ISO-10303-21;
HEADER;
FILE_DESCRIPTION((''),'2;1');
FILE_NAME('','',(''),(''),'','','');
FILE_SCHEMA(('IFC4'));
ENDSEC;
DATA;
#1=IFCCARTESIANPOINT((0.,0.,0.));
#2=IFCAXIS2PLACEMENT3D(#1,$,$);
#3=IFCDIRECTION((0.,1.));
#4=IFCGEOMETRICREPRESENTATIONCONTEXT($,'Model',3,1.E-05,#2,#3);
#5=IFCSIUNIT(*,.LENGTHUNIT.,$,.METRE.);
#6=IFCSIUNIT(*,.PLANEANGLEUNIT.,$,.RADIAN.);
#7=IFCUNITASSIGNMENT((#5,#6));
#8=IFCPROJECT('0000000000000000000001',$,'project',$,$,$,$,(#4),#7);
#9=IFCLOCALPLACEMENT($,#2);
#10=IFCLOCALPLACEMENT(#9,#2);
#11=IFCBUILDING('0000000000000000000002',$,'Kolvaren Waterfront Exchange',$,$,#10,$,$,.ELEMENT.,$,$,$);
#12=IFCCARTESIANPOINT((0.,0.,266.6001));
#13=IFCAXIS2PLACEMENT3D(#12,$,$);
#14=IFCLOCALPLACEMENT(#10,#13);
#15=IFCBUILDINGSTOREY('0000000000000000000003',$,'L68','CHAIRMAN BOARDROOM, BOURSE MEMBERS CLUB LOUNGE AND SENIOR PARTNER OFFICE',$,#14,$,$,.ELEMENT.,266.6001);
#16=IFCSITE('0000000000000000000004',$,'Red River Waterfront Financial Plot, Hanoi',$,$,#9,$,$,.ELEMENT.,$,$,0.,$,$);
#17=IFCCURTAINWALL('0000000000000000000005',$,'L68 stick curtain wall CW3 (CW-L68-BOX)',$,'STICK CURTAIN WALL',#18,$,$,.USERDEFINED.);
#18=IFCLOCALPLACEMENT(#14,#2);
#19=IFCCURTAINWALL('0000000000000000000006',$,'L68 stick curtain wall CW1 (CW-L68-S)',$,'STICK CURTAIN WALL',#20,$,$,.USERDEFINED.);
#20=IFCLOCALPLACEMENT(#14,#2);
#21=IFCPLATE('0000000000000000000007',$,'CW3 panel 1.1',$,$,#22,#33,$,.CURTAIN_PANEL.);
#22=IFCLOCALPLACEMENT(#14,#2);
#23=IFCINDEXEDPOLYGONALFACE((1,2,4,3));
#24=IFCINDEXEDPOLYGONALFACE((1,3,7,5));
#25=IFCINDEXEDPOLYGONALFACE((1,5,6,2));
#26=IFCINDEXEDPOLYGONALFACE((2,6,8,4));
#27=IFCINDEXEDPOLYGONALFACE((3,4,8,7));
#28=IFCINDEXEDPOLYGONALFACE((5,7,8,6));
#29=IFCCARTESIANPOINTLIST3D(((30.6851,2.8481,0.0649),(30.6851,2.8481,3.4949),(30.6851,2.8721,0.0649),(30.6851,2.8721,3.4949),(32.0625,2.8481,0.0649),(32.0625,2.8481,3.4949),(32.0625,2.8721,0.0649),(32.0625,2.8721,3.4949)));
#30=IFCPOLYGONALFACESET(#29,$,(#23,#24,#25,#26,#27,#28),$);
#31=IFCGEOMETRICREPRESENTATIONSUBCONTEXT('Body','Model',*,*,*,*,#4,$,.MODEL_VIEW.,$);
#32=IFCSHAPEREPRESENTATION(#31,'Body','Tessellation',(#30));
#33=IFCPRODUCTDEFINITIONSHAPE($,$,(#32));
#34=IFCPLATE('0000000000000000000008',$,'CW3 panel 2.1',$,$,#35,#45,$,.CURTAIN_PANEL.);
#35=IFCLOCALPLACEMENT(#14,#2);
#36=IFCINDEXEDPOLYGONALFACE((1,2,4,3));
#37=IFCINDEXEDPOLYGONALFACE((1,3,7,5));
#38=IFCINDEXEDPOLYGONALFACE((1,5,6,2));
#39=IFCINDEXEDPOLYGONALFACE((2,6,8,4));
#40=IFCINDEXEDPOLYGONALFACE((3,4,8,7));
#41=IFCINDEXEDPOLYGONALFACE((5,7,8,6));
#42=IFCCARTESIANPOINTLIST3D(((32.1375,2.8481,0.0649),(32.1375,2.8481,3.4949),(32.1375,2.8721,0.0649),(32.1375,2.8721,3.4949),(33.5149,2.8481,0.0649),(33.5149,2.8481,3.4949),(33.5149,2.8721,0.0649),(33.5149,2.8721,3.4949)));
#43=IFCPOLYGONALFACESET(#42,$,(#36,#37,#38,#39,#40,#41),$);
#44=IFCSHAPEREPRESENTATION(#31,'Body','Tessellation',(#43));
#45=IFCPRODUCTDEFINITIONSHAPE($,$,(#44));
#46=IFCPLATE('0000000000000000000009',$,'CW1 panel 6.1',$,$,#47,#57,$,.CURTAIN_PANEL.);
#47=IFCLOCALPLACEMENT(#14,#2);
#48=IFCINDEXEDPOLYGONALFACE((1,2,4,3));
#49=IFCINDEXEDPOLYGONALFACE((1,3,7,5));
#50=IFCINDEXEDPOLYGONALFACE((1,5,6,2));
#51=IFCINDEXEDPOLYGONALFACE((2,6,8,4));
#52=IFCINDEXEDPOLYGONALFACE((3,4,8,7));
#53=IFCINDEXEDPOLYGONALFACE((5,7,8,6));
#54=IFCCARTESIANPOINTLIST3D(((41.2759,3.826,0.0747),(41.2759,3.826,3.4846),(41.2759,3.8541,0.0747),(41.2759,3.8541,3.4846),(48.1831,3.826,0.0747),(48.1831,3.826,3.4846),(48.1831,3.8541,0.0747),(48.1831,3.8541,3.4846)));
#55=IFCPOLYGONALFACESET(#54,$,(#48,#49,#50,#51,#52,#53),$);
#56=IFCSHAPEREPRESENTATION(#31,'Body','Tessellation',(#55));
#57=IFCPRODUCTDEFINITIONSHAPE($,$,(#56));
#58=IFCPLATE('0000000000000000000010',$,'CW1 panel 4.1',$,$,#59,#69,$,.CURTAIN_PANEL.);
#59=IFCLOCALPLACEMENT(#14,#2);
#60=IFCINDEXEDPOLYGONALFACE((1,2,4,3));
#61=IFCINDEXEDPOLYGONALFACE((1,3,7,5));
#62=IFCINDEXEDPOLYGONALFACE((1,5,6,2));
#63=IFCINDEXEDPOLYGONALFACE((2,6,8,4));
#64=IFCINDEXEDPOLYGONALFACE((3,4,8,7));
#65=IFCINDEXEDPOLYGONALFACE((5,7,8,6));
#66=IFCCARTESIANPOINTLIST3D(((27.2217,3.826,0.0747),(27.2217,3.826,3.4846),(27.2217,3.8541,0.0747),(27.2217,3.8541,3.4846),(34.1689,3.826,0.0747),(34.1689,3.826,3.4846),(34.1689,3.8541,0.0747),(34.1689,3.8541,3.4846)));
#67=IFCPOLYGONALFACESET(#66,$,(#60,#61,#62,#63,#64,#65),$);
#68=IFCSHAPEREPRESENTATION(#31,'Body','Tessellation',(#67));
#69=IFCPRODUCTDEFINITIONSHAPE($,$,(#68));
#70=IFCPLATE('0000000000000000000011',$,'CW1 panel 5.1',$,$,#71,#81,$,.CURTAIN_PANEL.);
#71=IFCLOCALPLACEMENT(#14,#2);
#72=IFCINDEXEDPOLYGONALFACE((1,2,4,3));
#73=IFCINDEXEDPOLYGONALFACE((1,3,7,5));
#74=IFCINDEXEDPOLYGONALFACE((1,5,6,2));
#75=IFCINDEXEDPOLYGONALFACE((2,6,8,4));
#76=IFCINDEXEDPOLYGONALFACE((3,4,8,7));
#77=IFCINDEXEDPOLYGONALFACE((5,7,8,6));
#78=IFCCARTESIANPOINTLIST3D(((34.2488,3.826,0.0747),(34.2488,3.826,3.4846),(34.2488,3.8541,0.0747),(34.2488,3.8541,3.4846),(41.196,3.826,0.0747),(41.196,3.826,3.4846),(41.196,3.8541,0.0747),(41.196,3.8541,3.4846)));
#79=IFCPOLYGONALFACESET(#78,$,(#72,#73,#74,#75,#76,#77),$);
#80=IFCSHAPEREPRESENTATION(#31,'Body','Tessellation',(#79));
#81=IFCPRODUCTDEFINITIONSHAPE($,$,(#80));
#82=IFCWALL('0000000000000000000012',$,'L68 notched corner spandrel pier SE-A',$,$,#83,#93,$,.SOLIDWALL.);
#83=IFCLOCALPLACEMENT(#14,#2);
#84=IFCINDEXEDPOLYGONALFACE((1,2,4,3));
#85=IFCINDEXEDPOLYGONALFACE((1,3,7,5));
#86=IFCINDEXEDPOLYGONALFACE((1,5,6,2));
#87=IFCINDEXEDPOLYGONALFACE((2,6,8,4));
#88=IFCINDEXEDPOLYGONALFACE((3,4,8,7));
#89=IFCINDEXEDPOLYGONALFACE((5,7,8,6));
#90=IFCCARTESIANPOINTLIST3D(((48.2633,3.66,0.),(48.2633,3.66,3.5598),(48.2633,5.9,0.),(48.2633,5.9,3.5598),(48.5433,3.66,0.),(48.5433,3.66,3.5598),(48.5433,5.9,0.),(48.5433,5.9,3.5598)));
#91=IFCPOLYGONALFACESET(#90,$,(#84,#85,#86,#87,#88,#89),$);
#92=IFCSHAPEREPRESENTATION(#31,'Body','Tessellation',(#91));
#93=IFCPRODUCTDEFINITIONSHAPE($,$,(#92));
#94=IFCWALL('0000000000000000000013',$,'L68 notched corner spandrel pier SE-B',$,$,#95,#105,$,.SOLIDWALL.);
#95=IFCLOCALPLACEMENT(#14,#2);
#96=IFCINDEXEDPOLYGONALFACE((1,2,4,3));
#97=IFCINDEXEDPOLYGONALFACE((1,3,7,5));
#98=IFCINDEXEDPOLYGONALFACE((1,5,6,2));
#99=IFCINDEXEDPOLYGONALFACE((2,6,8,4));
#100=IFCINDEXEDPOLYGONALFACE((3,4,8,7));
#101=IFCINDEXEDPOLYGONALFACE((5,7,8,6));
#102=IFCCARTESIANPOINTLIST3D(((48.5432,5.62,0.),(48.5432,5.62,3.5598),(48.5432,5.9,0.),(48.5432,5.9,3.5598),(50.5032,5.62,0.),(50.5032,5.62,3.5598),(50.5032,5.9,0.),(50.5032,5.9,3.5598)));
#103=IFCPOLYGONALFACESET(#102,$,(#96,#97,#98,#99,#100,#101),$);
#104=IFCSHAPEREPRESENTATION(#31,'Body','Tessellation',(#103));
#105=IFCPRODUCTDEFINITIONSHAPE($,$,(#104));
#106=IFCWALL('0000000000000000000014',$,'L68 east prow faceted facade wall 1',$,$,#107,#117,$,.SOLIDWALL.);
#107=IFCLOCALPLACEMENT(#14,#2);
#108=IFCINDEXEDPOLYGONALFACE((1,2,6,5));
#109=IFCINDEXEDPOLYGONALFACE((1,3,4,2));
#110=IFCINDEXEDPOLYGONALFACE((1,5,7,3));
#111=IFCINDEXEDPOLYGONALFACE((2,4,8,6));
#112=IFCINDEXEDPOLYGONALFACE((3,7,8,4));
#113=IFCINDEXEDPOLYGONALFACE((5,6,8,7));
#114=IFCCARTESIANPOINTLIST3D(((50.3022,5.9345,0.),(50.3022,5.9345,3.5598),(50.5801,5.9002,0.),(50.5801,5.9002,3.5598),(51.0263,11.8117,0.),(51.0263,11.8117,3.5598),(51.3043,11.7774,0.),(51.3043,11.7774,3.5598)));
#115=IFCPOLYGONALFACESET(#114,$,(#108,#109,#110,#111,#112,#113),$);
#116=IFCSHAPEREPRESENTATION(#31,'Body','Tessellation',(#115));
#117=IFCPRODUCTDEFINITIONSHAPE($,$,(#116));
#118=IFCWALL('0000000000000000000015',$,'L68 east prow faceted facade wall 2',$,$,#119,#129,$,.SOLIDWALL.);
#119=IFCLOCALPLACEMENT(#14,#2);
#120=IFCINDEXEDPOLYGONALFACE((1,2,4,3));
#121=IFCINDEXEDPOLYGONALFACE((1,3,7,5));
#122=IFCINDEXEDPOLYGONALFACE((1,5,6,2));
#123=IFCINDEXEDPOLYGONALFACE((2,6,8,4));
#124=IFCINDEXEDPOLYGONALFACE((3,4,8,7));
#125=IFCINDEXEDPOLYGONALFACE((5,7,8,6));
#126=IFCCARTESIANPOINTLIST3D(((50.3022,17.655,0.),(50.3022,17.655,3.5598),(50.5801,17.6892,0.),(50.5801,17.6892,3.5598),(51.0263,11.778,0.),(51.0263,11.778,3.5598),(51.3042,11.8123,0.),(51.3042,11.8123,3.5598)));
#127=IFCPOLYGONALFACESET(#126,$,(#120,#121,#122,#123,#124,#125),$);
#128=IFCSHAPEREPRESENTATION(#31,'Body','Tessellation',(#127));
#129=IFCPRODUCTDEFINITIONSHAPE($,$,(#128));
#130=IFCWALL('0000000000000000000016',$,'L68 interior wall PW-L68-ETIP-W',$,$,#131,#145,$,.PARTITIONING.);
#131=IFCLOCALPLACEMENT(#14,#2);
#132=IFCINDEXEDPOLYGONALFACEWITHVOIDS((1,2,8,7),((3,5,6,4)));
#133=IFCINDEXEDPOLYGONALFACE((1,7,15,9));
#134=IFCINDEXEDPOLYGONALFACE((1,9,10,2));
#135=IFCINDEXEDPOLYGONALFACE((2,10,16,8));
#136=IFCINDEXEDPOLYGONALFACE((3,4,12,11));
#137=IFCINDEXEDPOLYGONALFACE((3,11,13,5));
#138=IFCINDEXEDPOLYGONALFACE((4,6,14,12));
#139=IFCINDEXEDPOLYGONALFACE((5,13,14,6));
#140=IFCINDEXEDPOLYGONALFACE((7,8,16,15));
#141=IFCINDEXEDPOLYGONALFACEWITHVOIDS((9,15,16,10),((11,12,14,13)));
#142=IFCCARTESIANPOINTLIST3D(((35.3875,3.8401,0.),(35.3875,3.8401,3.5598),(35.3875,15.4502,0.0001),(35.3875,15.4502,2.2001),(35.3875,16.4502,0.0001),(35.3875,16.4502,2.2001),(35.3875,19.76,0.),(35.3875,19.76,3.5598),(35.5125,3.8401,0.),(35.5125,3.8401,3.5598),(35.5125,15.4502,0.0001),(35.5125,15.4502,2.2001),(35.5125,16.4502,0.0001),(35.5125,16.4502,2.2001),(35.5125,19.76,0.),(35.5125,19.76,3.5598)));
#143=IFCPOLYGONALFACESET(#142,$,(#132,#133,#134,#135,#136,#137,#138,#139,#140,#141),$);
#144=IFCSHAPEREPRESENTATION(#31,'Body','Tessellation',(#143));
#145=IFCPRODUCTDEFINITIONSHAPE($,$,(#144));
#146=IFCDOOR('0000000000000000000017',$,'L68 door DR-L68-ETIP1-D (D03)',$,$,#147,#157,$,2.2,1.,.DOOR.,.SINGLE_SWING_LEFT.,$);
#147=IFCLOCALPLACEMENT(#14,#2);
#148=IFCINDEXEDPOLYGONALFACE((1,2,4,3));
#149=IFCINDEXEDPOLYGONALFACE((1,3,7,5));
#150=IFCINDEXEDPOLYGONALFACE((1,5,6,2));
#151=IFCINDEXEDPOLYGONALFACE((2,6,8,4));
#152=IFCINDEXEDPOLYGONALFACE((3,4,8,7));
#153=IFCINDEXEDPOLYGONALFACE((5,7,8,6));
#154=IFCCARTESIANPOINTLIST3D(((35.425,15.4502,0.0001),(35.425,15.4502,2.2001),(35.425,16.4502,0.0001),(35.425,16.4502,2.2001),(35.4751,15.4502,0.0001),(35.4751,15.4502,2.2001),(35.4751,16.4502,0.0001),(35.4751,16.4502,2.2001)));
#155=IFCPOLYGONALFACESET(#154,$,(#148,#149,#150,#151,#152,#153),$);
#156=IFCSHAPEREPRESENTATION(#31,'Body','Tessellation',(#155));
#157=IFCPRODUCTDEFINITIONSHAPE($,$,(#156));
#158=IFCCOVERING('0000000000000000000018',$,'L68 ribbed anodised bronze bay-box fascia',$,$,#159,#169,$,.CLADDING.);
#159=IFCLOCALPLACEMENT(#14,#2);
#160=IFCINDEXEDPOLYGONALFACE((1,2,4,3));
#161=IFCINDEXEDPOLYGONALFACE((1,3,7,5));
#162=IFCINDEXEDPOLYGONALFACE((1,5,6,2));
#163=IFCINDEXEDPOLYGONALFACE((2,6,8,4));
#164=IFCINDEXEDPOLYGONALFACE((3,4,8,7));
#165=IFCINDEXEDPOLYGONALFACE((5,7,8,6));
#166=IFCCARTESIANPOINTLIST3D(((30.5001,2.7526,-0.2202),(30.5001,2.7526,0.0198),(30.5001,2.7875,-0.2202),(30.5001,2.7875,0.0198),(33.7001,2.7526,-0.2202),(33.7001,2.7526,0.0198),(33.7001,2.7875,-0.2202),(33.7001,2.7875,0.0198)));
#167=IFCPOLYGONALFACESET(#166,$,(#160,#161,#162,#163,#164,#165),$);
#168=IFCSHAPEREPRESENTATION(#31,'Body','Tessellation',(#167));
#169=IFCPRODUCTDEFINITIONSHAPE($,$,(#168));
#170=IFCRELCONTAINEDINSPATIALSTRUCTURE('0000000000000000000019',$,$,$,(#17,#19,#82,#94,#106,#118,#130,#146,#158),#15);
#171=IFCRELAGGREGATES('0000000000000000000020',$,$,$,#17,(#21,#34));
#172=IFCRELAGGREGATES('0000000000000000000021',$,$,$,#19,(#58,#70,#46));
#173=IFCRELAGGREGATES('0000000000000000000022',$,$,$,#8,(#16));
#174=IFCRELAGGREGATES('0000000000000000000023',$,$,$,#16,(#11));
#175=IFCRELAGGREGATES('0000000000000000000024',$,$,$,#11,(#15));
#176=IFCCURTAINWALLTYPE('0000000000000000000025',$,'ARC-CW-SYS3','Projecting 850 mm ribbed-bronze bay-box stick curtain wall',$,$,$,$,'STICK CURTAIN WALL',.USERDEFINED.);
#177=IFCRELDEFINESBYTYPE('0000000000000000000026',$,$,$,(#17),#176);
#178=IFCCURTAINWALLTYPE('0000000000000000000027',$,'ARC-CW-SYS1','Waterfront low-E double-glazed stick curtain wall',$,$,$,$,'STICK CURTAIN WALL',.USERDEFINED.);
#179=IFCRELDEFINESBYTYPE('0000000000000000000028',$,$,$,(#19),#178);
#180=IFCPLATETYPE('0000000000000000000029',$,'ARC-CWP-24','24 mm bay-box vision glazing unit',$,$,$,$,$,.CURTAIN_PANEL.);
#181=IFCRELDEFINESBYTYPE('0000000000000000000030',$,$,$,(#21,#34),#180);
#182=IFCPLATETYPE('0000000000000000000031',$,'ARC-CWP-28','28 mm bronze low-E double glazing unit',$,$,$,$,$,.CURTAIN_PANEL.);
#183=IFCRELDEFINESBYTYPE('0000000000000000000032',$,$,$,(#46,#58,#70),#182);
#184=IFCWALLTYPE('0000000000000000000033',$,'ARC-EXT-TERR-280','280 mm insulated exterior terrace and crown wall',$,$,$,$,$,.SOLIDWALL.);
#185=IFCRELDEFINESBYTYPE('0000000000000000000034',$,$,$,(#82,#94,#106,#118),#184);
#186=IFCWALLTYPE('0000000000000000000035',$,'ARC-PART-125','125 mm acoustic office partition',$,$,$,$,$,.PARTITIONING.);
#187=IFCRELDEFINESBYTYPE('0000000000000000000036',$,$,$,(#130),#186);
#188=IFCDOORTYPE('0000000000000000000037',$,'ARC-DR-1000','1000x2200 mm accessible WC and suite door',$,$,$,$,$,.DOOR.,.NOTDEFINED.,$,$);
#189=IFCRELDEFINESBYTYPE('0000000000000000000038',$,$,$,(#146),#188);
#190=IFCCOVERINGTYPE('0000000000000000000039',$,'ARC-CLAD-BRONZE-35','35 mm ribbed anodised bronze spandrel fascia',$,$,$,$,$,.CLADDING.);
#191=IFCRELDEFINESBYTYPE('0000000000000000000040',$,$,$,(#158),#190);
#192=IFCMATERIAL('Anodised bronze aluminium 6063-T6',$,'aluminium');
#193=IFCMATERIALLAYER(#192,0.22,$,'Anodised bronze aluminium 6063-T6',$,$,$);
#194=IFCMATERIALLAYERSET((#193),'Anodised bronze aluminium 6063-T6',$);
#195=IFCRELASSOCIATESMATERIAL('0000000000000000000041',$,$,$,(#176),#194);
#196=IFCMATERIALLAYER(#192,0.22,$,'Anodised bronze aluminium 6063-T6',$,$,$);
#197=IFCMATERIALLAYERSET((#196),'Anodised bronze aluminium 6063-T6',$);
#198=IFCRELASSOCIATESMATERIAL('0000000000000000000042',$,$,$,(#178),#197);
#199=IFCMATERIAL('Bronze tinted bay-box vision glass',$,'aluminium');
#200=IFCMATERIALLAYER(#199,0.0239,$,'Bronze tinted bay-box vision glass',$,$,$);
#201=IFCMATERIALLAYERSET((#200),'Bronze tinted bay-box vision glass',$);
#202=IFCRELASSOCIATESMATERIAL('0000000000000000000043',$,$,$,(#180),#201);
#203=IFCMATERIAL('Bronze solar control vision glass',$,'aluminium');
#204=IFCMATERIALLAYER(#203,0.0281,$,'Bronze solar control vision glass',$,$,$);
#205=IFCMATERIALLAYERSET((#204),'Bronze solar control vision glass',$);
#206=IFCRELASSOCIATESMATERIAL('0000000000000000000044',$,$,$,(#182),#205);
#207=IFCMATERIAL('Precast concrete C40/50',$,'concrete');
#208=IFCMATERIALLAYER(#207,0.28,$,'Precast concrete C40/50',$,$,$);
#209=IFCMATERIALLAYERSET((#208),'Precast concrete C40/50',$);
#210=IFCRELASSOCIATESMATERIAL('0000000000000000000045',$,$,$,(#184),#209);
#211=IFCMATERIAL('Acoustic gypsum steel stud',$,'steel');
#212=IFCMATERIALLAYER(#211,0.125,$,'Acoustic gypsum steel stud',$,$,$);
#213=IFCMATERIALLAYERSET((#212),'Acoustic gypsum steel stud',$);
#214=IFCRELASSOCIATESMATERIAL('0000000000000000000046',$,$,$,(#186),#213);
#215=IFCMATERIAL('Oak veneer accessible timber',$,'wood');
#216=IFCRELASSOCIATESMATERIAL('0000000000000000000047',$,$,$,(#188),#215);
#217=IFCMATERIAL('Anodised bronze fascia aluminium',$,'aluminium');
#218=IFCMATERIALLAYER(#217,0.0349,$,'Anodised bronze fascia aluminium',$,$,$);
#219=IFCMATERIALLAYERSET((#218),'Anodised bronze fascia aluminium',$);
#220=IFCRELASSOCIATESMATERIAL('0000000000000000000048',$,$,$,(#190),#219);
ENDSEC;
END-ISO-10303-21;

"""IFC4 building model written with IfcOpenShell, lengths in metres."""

from ifc_helpers import new_model, si_unit, direction, frame, frame_2d, origin, origin_with_axes, origin_2d, place, context, subcontext, project, spatial, rectangle, extrude, source, transform, mapped, material, layer, layer_set, type_object, element, fill, aggregate, save


model = new_model("IFC4")

# Units and contexts
model_context = context("Model", 3, precision=1e-05, world=origin(), true_north=direction((0.0, 1.0)))
body_context = subcontext(model_context, "Body", "Model", "MODEL_VIEW")
ifc_project = project(units=[si_unit("LENGTHUNIT", "METRE"), si_unit("PLANEANGLEUNIT", "RADIAN")], contexts=[model_context])

# Site, building, storey
site_placement = place(None, origin())
site = spatial("IfcSite", under=ifc_project, at=site_placement, Name="Red River Waterfront Financial Plot, Hanoi", CompositionType="ELEMENT", RefElevation=0.0)
building_placement = place(site_placement, origin())
building = spatial("IfcBuilding", under=site, at=building_placement, Name="Kolvaren Waterfront Exchange", CompositionType="ELEMENT")
storey_placement = place(building_placement, frame((0.0, 0.0, 266.6001)))
storey = spatial("IfcBuildingStorey", under=building, at=storey_placement, Name="L68", Description="CHAIRMAN BOARDROOM, BOURSE MEMBERS CLUB LOUNGE AND SENIOR PARTNER OFFICE", CompositionType="ELEMENT", Elevation=266.6001)

# Curtain wall
ifc_material_1 = material(Name="Anodised bronze aluminium 6063-T6", Category="aluminium")
ifc_layer_1 = layer(ifc_material_1, 0.22, Name="Anodised bronze aluminium 6063-T6")
ifc_layer_set_1 = layer_set([ifc_layer_1], Name="Anodised bronze aluminium 6063-T6")
curtain_wall_type_1 = type_object("IfcCurtainWallType", Name="ARC-CW-SYS3", Description="Projecting 850 mm ribbed-bronze bay-box stick curtain wall", ElementType="STICK CURTAIN WALL", PredefinedType="USERDEFINED", material=ifc_layer_set_1)
curtain_wall_1_placement = place(storey_placement, origin())
curtain_wall_1 = element("IfcCurtainWall", 1, at=curtain_wall_1_placement, inside=storey, type_object=curtain_wall_type_1, Name="L68 stick curtain wall CW3 (CW-L68-BOX)", ObjectType="STICK CURTAIN WALL", PredefinedType="USERDEFINED")

# Curtain wall
ifc_layer_2 = layer(ifc_material_1, 0.22, Name="Anodised bronze aluminium 6063-T6")
ifc_layer_set_2 = layer_set([ifc_layer_2], Name="Anodised bronze aluminium 6063-T6")
curtain_wall_type_2 = type_object("IfcCurtainWallType", Name="ARC-CW-SYS1", Description="Waterfront low-E double-glazed stick curtain wall", ElementType="STICK CURTAIN WALL", PredefinedType="USERDEFINED", material=ifc_layer_set_2)
curtain_wall_2_placement = place(storey_placement, origin())
curtain_wall_2 = element("IfcCurtainWall", 2, at=curtain_wall_2_placement, inside=storey, type_object=curtain_wall_type_2, Name="L68 stick curtain wall CW1 (CW-L68-S)", ObjectType="STICK CURTAIN WALL", PredefinedType="USERDEFINED")

# Plates
ifc_material_2 = material(Name="Bronze tinted bay-box vision glass", Category="aluminium")
ifc_layer_3 = layer(ifc_material_2, 0.0239, Name="Bronze tinted bay-box vision glass")
ifc_layer_set_3 = layer_set([ifc_layer_3], Name="Bronze tinted bay-box vision glass")
plate_type_1 = type_object("IfcPlateType", Name="ARC-CWP-24", Description="24 mm bay-box vision glazing unit", PredefinedType="CURTAIN_PANEL", material=ifc_layer_set_3)
shared_shape_1 = source(origin_with_axes(), body_context, "Body", "SweptSolid", [
    extrude(rectangle(XDim=1.3774, YDim=0.0239, at=origin_2d()), origin(), (0.0, 0.0, 1.0), 3.4299),
])
plate_1_placement = place(storey_placement, frame((31.3738, 2.8601, 0.0649), z_axis=(0.0, 0.0, 1.0), x_axis=(1.0, 0.0, 0.0)))
plate_1 = element("IfcPlate", 3, at=plate_1_placement, type_object=plate_type_1, Name="CW3 panel 1.1", PredefinedType="CURTAIN_PANEL", context=body_context, shape_type="MappedRepresentation", body=[
    mapped(shared_shape_1, transform((0.0, 0.0, 0.0), x_axis=(1.0, 0.0, 0.0), y_axis=(0.0, 1.0, 0.0), z_axis=(0.0, 0.0, 1.0), scale=1.0)),
])
plate_2_placement = place(storey_placement, frame((32.8262, 2.8601, 0.0649), z_axis=(0.0, 0.0, 1.0), x_axis=(1.0, 0.0, 0.0)))
plate_2 = element("IfcPlate", 4, at=plate_2_placement, type_object=plate_type_1, Name="CW3 panel 2.1", PredefinedType="CURTAIN_PANEL", context=body_context, shape_type="MappedRepresentation", body=[
    mapped(shared_shape_1, transform((0.0, 0.0, 0.0), x_axis=(1.0, 0.0, 0.0), y_axis=(0.0, 1.0, 0.0), z_axis=(0.0, 0.0, 1.0), scale=1.0)),
])
aggregate(curtain_wall_1, [plate_1, plate_2])
ifc_material_3 = material(Name="Bronze solar control vision glass", Category="aluminium")
ifc_layer_4 = layer(ifc_material_3, 0.0281, Name="Bronze solar control vision glass")
ifc_layer_set_4 = layer_set([ifc_layer_4], Name="Bronze solar control vision glass")
plate_type_2 = type_object("IfcPlateType", Name="ARC-CWP-28", Description="28 mm bronze low-E double glazing unit", PredefinedType="CURTAIN_PANEL", material=ifc_layer_set_4)
shared_shape_2 = source(origin_with_axes(), body_context, "Body", "SweptSolid", [
    extrude(rectangle(XDim=6.9072, YDim=0.0281, at=origin_2d()), origin(), (0.0, 0.0, 1.0), 3.4099),
])
plate_3_placement = place(storey_placement, frame((44.7295, 3.8401, 0.0747), z_axis=(0.0, 0.0, 1.0), x_axis=(1.0, 0.0, 0.0)))
plate_3 = element("IfcPlate", 5, at=plate_3_placement, type_object=plate_type_2, Name="CW1 panel 6.1", PredefinedType="CURTAIN_PANEL", context=body_context, shape_type="MappedRepresentation", body=[
    mapped(shared_shape_2, transform((0.0, 0.0, 0.0), x_axis=(1.0, 0.0, 0.0), y_axis=(0.0, 1.0, 0.0), z_axis=(0.0, 0.0, 1.0), scale=1.0)),
])
shared_shape_3 = source(origin_with_axes(), body_context, "Body", "SweptSolid", [
    extrude(rectangle(XDim=6.9473, YDim=0.0281, at=origin_2d()), origin(), (0.0, 0.0, 1.0), 3.4099),
])
plate_4_placement = place(storey_placement, frame((30.6953, 3.8401, 0.0747), z_axis=(0.0, 0.0, 1.0), x_axis=(1.0, 0.0, 0.0)))
plate_4 = element("IfcPlate", 6, at=plate_4_placement, type_object=plate_type_2, Name="CW1 panel 4.1", PredefinedType="CURTAIN_PANEL", context=body_context, shape_type="MappedRepresentation", body=[
    mapped(shared_shape_3, transform((0.0, 0.0, 0.0), x_axis=(1.0, 0.0, 0.0), y_axis=(0.0, 1.0, 0.0), z_axis=(0.0, 0.0, 1.0), scale=1.0)),
])
plate_5_placement = place(storey_placement, frame((37.7224, 3.8401, 0.0747), z_axis=(0.0, 0.0, 1.0), x_axis=(1.0, 0.0, 0.0)))
plate_5 = element("IfcPlate", 7, at=plate_5_placement, type_object=plate_type_2, Name="CW1 panel 5.1", PredefinedType="CURTAIN_PANEL", context=body_context, shape_type="MappedRepresentation", body=[
    mapped(shared_shape_3, transform((0.0, 0.0, 0.0), x_axis=(1.0, 0.0, 0.0), y_axis=(0.0, 1.0, 0.0), z_axis=(0.0, 0.0, 1.0), scale=1.0)),
])
aggregate(curtain_wall_2, [plate_4, plate_5, plate_3])

# Walls
ifc_material_4 = material(Name="Precast concrete C40/50", Category="concrete")
ifc_layer_5 = layer(ifc_material_4, 0.28, Name="Precast concrete C40/50")
ifc_layer_set_5 = layer_set([ifc_layer_5], Name="Precast concrete C40/50")
wall_type_1 = type_object("IfcWallType", Name="ARC-EXT-TERR-280", Description="280 mm insulated exterior terrace and crown wall", PredefinedType="SOLIDWALL", material=ifc_layer_set_5)
wall_1_placement = place(storey_placement, frame((48.4033, 3.6599, 0.0), z_axis=(0.0, 0.0, 1.0), x_axis=(0.0, 1.0, 0.0)))
element("IfcWall", 8, at=wall_1_placement, inside=storey, type_object=wall_type_1, Name="L68 notched corner spandrel pier SE-A", PredefinedType="SOLIDWALL", context=body_context, shape_type="SweptSolid", body=[
    extrude(rectangle(XDim=2.24, YDim=0.28, at=frame_2d((1.1201, 0.0))), origin(), (0.0, 0.0, 1.0), 3.5598),
])
wall_2_placement = place(storey_placement, frame((48.5432, 5.76, 0.0), z_axis=(0.0, 0.0, 1.0), x_axis=(1.0, 0.0, 0.0)))
element("IfcWall", 9, at=wall_2_placement, inside=storey, type_object=wall_type_1, Name="L68 notched corner spandrel pier SE-B", PredefinedType="SOLIDWALL", context=body_context, shape_type="SweptSolid", body=[
    extrude(rectangle(XDim=1.96, YDim=0.28, at=frame_2d((0.98, 0.0))), origin(), (0.0, 0.0, 1.0), 3.5598),
])
wall_3_placement = place(storey_placement, frame((50.4412, 5.9172, 0.0), z_axis=(0.0, 0.0, 1.0), x_axis=(0.122284, 0.992495, 0.0)))
element("IfcWall", 10, at=wall_3_placement, inside=storey, type_object=wall_type_1, Name="L68 east prow faceted facade wall 1", PredefinedType="SOLIDWALL", context=body_context, shape_type="SweptSolid", body=[
    extrude(rectangle(XDim=5.9216, YDim=0.28, at=frame_2d((2.9609, 0.0))), origin(), (0.0, 0.0, 1.0), 3.5598),
])
wall_4_placement = place(storey_placement, frame((51.1653, 11.7952, 0.0), z_axis=(0.0, 0.0, 1.0), x_axis=(-0.122289, 0.992495, 0.0)))
element("IfcWall", 11, at=wall_4_placement, inside=storey, type_object=wall_type_1, Name="L68 east prow faceted facade wall 2", PredefinedType="SOLIDWALL", context=body_context, shape_type="SweptSolid", body=[
    extrude(rectangle(XDim=5.9214, YDim=0.28, at=frame_2d((2.9607, 0.0))), origin(), (0.0, 0.0, 1.0), 3.5598),
])

# Wall, opening, door
ifc_material_5 = material(Name="Acoustic gypsum steel stud", Category="steel")
ifc_layer_6 = layer(ifc_material_5, 0.125, Name="Acoustic gypsum steel stud")
ifc_layer_set_6 = layer_set([ifc_layer_6], Name="Acoustic gypsum steel stud")
wall_type_2 = type_object("IfcWallType", Name="ARC-PART-125", Description="125 mm acoustic office partition", PredefinedType="PARTITIONING", material=ifc_layer_set_6)
wall_5_placement = place(storey_placement, frame((35.45, 3.8401, 0.0), z_axis=(0.0, 0.0, 1.0), x_axis=(0.0, 1.0, 0.0)))
wall_5 = element("IfcWall", 12, at=wall_5_placement, inside=storey, type_object=wall_type_2, Name="L68 interior wall PW-L68-ETIP-W", PredefinedType="PARTITIONING", context=body_context, shape_type="SweptSolid", body=[
    extrude(rectangle(XDim=15.9199, YDim=0.125, at=frame_2d((7.96, 0.0))), origin(), (0.0, 0.0, 1.0), 3.5598),
])
opening_placement = place(wall_5_placement, frame((11.6101, 0.0, 0.0)))
opening = element("IfcOpeningElement", 13, at=opening_placement, cuts=wall_5, PredefinedType="OPENING", context=body_context, shape_type="SweptSolid", body=[
    extrude(rectangle(XDim=1.0, YDim=2.2, at=frame_2d((0.5, 1.1001))), frame((0.0, 0.0725, 0.0), z_axis=(0.0, -1.0, 0.0), x_axis=(1.0, 0.0, 0.0)), (0.0, 0.0, 1.0), 0.145),
])
ifc_material_6 = material(Name="Oak veneer accessible timber", Category="wood")
door_type = type_object("IfcDoorType", Name="ARC-DR-1000", Description="1000x2200 mm accessible WC and suite door", OperationType="NOTDEFINED", PredefinedType="DOOR", material=ifc_material_6)
door_placement = place(opening_placement, origin())
door = element("IfcDoor", 14, at=door_placement, inside=storey, type_object=door_type, Name="L68 door DR-L68-ETIP1-D (D03)", OperationType="SINGLE_SWING_LEFT", OverallHeight=2.2, OverallWidth=1.0, PredefinedType="DOOR", context=body_context, shape_type="SweptSolid", body=[
    extrude(rectangle(XDim=1.0, YDim=2.2, at=frame_2d((0.5, 1.1001))), frame((0.0, 0.0249, 0.0), z_axis=(0.0, -1.0, 0.0), x_axis=(1.0, 0.0, 0.0)), (0.0, 0.0, 1.0), 0.05),
])
fill(opening, door)

# Covering
ifc_material_7 = material(Name="Anodised bronze fascia aluminium", Category="aluminium")
ifc_layer_7 = layer(ifc_material_7, 0.0349, Name="Anodised bronze fascia aluminium")
ifc_layer_set_7 = layer_set([ifc_layer_7], Name="Anodised bronze fascia aluminium")
covering_type = type_object("IfcCoveringType", Name="ARC-CLAD-BRONZE-35", Description="35 mm ribbed anodised bronze spandrel fascia", PredefinedType="CLADDING", material=ifc_layer_set_7)
covering_placement = place(storey_placement, frame((32.1001, 2.77, -0.2202), z_axis=(0.0, 0.0, 1.0), x_axis=(1.0, 0.0, 0.0)))
element("IfcCovering", 15, at=covering_placement, inside=storey, type_object=covering_type, Name="L68 ribbed anodised bronze bay-box fascia", PredefinedType="CLADDING", context=body_context, shape_type="SweptSolid", body=[
    extrude(rectangle(XDim=3.2, YDim=0.0349, at=origin_2d()), origin(), (0.0, 0.0, 1.0), 0.24),
])

save(model, "model.ifc")
